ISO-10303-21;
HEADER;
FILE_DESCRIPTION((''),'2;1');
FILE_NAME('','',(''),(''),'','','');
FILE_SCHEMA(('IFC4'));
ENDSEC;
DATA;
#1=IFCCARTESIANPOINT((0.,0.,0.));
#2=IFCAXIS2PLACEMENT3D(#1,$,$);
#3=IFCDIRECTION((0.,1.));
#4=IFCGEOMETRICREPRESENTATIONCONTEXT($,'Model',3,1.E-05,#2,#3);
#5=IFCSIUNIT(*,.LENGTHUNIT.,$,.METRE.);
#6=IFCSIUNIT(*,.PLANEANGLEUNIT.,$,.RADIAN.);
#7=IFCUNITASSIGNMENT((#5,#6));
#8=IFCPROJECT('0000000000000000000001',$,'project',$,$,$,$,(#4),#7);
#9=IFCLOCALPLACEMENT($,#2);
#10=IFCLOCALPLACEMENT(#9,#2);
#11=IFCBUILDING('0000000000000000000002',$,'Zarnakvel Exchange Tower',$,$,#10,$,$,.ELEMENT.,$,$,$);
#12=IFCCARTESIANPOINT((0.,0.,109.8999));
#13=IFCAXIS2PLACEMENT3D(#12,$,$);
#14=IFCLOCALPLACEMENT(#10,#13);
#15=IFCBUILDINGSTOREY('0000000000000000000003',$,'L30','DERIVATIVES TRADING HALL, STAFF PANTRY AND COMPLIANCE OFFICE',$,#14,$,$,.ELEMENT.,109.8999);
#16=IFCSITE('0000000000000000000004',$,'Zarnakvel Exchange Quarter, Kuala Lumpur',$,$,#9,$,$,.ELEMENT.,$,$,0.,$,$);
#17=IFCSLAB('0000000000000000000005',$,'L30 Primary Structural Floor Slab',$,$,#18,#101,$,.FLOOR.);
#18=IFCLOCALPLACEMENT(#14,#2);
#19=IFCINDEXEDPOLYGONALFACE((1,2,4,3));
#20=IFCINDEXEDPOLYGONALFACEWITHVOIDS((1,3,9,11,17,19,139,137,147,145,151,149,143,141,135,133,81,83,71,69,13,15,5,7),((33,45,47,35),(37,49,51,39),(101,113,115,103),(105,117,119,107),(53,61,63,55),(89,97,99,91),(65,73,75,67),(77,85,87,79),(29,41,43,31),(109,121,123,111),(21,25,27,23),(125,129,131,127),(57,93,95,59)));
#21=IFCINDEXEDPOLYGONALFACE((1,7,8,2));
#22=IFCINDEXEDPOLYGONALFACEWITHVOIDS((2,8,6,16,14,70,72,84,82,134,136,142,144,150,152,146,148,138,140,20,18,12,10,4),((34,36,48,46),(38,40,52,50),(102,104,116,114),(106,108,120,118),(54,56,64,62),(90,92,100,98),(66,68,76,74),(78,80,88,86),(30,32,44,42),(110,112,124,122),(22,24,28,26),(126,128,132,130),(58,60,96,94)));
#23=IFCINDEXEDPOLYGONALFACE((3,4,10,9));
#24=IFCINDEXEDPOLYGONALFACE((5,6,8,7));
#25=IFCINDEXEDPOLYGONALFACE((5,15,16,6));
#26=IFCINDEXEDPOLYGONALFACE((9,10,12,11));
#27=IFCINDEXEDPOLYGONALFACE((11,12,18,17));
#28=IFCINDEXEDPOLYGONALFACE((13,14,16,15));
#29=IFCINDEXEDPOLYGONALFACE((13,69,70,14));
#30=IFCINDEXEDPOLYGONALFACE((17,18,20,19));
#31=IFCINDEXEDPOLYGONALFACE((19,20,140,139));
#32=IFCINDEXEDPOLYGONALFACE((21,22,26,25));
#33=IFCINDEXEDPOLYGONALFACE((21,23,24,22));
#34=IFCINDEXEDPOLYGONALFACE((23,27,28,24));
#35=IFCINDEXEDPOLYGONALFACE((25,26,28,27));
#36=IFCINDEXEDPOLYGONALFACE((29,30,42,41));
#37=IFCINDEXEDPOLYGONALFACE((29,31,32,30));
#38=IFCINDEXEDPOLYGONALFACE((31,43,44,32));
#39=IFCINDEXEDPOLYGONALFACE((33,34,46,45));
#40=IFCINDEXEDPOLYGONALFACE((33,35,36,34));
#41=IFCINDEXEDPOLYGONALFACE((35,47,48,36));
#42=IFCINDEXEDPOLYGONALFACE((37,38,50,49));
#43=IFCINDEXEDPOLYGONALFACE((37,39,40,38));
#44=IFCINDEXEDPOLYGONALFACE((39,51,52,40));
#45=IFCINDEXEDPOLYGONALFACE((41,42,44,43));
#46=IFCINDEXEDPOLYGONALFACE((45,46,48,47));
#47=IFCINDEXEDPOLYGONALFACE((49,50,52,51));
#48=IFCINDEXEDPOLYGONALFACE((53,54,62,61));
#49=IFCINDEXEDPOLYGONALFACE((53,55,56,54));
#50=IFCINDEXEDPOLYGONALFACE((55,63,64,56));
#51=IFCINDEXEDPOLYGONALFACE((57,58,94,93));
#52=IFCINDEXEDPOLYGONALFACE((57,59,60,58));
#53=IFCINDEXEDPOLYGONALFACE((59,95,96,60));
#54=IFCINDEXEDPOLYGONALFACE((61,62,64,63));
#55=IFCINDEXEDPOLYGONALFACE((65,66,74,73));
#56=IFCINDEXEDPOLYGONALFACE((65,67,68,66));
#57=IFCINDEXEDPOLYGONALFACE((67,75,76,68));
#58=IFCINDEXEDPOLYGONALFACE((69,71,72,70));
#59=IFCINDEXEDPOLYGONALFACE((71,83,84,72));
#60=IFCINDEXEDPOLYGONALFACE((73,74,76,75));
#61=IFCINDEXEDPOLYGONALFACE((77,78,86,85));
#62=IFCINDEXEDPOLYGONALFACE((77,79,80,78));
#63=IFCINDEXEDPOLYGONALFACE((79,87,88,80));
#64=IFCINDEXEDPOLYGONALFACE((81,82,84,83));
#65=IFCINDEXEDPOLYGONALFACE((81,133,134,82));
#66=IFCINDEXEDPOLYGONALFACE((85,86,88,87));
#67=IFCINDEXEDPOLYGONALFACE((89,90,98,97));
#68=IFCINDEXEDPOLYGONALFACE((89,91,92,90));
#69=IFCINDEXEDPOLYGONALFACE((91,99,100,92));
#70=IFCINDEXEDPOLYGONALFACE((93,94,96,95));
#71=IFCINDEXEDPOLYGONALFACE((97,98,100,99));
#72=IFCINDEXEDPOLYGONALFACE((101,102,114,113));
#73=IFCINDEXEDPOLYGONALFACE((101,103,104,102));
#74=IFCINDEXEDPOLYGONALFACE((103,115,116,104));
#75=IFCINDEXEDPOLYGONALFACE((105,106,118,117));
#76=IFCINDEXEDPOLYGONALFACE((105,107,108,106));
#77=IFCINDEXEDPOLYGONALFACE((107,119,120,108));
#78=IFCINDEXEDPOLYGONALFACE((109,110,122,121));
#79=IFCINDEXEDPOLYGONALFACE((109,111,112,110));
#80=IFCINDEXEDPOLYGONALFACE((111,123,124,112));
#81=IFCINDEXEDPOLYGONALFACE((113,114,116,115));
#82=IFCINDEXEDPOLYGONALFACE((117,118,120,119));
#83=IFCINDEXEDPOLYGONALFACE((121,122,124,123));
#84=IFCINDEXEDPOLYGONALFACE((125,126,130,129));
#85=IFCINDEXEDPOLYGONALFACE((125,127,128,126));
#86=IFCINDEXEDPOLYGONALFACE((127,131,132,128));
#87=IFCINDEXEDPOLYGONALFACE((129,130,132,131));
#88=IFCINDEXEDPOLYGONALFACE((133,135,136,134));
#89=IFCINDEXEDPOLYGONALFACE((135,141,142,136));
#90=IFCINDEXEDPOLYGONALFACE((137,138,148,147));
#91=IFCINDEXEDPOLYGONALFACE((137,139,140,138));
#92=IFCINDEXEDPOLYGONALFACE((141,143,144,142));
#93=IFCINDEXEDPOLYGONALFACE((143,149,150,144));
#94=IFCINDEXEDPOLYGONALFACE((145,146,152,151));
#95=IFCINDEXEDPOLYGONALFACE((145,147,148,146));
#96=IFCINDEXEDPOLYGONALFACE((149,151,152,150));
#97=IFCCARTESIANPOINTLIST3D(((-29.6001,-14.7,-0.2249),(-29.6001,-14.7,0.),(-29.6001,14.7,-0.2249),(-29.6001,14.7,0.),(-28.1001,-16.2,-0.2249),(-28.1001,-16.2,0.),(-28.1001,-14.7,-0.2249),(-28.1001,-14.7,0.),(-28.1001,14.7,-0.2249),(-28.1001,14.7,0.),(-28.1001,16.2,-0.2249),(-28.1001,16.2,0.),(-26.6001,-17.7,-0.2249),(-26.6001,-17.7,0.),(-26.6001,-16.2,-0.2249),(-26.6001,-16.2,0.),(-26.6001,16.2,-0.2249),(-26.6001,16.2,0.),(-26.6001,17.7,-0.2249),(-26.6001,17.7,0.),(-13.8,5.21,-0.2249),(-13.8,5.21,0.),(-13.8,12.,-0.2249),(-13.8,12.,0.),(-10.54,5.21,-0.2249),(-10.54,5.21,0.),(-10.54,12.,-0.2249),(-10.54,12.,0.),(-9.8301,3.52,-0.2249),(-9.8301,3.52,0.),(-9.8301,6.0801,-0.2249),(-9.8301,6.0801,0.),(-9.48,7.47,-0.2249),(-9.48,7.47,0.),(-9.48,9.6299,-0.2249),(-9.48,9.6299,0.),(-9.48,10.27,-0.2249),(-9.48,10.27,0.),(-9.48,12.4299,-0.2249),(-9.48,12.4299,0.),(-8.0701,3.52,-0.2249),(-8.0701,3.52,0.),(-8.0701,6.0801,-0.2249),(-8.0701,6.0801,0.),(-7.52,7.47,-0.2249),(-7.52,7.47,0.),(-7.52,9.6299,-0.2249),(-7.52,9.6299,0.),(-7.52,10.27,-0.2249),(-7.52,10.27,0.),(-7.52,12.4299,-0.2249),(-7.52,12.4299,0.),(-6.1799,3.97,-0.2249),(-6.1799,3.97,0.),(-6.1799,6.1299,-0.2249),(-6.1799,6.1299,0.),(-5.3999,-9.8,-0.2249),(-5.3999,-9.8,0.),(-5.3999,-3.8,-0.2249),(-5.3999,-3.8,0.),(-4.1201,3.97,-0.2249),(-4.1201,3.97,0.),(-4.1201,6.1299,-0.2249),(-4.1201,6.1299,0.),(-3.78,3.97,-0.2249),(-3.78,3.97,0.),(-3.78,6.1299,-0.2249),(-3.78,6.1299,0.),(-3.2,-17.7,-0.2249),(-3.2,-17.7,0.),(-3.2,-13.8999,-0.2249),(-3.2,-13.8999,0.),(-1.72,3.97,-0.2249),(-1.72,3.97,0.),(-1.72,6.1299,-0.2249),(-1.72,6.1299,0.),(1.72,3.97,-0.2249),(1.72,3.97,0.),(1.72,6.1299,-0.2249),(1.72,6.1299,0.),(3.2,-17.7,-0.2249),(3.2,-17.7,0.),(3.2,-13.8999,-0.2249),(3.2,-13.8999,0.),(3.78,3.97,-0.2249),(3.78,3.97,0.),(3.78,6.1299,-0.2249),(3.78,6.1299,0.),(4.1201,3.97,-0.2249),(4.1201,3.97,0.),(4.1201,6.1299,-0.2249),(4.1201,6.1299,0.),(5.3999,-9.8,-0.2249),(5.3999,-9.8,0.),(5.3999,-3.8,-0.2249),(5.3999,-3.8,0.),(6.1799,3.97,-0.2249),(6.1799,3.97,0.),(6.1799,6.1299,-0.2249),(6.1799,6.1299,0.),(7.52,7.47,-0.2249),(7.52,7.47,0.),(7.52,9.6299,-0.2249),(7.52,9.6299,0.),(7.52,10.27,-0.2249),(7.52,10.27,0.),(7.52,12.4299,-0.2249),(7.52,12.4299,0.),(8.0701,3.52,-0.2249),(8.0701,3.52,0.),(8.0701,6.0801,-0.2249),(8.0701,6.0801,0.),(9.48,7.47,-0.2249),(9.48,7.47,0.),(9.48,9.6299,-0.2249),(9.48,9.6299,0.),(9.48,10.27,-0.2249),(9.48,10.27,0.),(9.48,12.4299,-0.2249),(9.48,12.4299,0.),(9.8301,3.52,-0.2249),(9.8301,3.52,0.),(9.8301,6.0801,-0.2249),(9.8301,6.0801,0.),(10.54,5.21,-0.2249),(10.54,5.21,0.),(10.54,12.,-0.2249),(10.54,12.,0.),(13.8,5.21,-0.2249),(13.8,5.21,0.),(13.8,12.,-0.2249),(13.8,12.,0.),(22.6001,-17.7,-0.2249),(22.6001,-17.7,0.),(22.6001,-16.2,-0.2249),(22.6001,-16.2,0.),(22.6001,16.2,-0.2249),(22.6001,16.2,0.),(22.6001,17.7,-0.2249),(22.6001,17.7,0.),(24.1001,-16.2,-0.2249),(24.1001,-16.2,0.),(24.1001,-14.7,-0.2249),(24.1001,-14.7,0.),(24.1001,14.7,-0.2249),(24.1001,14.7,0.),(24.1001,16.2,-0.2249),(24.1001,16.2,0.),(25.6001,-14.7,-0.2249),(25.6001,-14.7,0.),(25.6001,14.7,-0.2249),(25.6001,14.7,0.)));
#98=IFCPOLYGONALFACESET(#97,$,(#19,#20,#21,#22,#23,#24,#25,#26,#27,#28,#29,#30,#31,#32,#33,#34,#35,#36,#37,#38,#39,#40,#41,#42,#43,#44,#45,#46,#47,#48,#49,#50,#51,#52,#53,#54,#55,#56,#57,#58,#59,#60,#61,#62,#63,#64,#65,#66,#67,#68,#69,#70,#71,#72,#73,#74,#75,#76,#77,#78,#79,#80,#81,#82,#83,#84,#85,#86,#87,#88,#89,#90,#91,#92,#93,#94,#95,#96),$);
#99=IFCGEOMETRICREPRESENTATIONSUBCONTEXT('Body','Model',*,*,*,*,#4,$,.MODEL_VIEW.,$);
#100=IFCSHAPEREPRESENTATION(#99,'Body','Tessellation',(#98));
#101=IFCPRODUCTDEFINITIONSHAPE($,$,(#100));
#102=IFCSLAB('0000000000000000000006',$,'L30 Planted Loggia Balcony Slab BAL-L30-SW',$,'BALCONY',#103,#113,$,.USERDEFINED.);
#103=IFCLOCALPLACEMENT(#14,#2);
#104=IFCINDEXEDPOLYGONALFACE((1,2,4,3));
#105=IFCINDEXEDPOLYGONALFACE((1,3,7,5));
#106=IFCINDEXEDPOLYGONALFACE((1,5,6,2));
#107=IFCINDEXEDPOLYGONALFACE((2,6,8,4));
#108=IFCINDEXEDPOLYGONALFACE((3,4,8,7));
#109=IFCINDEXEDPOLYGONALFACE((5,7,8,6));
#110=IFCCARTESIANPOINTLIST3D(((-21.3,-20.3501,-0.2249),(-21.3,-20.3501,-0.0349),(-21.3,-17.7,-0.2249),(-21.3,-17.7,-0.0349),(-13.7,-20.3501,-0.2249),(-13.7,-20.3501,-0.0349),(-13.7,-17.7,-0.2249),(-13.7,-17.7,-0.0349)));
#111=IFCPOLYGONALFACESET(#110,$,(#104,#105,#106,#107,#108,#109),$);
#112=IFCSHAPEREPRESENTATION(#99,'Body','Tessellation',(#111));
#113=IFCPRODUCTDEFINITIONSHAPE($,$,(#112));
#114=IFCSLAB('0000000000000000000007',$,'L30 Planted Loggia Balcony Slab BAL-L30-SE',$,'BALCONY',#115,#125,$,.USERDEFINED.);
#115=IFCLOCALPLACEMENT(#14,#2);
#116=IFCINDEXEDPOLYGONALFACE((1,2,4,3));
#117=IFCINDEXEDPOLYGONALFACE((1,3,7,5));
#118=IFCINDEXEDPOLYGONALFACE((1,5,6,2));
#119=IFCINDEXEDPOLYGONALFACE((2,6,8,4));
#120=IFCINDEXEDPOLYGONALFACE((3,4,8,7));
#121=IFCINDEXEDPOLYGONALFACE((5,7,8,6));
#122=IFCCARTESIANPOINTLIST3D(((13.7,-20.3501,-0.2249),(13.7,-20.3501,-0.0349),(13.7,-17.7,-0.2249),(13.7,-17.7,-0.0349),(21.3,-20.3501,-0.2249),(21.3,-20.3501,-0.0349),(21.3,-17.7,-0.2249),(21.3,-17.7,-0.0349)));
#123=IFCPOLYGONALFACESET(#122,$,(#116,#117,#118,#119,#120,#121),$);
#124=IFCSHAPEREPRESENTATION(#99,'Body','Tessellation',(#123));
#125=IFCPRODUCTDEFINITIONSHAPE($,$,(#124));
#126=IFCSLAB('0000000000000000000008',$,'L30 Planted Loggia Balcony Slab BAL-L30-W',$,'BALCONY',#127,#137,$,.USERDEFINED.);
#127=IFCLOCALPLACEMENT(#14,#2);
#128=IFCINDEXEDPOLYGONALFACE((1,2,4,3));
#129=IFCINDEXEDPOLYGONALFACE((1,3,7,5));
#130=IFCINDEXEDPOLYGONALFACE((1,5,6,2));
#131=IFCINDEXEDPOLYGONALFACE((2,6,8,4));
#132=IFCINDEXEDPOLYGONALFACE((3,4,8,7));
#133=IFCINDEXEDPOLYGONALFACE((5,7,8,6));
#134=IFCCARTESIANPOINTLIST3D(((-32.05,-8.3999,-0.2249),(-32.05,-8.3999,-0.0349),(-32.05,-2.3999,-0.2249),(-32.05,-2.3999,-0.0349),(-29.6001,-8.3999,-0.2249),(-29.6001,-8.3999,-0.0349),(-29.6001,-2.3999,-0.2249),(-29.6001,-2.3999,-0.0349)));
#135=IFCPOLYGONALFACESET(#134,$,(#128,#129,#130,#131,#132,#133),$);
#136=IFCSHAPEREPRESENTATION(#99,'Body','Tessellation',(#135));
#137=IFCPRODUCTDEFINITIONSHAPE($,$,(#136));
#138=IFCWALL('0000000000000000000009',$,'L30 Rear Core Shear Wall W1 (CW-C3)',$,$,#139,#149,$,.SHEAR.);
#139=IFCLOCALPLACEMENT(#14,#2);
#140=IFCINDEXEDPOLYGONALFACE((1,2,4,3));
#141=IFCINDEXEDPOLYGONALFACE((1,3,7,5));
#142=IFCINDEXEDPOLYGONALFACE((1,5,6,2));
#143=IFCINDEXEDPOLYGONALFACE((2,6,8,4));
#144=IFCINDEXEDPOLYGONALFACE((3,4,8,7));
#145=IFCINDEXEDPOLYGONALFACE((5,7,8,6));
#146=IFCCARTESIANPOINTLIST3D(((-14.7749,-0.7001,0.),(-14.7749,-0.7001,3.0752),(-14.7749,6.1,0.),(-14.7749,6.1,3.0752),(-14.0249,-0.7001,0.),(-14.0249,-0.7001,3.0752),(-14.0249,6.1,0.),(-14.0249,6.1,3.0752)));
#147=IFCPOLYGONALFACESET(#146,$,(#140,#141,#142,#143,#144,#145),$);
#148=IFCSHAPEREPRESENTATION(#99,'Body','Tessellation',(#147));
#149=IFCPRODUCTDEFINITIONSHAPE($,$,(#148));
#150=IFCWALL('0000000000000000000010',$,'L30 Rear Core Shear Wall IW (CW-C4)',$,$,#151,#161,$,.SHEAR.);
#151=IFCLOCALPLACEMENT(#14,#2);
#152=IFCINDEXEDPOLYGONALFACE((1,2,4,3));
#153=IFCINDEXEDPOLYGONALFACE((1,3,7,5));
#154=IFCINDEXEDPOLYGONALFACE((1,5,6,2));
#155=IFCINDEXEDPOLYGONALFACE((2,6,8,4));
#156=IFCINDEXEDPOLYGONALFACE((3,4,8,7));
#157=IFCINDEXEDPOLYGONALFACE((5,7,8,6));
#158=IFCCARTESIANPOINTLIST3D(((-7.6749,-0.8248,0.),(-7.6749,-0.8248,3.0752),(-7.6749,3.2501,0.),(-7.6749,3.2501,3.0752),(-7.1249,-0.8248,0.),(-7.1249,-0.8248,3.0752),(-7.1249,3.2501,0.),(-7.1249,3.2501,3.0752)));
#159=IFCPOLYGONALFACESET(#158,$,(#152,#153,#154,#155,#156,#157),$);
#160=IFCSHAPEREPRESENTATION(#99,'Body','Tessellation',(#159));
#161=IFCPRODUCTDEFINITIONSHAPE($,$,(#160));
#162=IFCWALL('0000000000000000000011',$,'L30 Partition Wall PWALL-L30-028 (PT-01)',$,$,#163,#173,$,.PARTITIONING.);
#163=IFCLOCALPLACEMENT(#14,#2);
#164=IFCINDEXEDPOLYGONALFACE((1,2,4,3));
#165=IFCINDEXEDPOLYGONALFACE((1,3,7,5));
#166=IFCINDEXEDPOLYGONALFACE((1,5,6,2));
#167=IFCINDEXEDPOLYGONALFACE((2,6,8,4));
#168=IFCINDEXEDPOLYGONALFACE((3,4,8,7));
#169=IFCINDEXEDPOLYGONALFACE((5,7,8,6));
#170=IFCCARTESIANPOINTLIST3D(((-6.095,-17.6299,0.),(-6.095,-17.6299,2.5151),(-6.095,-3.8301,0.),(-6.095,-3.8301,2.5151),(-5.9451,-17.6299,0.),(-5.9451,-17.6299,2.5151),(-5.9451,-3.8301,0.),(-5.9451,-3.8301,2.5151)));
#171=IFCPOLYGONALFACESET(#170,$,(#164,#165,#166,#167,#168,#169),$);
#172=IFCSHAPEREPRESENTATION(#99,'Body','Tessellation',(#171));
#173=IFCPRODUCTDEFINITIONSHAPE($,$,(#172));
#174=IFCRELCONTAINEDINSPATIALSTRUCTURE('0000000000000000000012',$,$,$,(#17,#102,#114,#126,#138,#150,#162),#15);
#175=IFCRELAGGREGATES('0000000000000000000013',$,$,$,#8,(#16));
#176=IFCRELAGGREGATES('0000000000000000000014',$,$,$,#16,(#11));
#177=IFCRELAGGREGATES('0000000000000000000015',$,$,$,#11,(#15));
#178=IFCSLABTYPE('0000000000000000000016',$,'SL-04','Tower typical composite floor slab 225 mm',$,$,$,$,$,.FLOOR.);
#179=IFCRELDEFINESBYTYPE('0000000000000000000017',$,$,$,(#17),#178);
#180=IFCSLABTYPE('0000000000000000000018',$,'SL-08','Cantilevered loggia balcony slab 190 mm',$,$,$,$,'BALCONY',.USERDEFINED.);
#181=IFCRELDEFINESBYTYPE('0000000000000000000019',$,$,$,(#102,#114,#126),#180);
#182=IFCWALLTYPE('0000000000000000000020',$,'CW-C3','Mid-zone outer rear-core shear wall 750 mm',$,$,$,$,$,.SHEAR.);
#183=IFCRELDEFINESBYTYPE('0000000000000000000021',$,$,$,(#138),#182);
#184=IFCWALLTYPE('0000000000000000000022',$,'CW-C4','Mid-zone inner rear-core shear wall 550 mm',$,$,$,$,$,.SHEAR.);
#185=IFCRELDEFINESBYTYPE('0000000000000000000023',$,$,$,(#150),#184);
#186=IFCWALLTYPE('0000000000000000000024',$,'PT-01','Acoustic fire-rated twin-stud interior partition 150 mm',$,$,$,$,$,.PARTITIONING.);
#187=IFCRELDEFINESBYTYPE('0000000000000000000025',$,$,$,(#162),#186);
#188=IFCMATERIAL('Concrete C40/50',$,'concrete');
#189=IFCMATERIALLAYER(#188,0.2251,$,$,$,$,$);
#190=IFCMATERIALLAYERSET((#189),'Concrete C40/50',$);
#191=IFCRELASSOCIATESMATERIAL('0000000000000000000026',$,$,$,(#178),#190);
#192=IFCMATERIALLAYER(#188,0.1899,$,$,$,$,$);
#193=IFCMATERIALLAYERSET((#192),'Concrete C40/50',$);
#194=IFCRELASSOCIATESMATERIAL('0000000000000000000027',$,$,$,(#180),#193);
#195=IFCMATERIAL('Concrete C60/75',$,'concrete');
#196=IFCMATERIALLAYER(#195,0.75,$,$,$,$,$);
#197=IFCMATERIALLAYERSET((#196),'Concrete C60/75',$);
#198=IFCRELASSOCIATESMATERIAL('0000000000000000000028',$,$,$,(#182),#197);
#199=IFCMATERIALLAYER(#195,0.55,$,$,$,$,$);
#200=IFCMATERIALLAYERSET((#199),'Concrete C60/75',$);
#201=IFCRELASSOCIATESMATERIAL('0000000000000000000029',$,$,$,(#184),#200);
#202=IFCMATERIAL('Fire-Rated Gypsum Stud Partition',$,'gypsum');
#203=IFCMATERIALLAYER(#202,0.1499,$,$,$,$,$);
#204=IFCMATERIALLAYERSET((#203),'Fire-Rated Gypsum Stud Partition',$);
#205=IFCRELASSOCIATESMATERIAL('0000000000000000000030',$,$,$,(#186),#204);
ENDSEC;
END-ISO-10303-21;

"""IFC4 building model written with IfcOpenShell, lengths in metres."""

from ifc_helpers import new_model, si_unit, direction, frame, frame_2d, origin, place, context, subcontext, project, spatial, polyline, rectangle, outline, extrude, material, layer, layer_set, type_object, element, save


model = new_model("IFC4")

# Units and contexts
model_context = context("Model", 3, precision=1e-05, world=origin(), true_north=direction((0.0, 1.0)))
body_context = subcontext(model_context, "Body", "Model", "MODEL_VIEW")
ifc_project = project(units=[si_unit("LENGTHUNIT", "METRE"), si_unit("PLANEANGLEUNIT", "RADIAN")], contexts=[model_context])

# Site, building, storey
site_placement = place(None, origin())
site = spatial("IfcSite", under=ifc_project, at=site_placement, Name="Zarnakvel Exchange Quarter, Kuala Lumpur", CompositionType="ELEMENT", RefElevation=0.0)
building_placement = place(site_placement, origin())
building = spatial("IfcBuilding", under=site, at=building_placement, Name="Zarnakvel Exchange Tower", CompositionType="ELEMENT")
storey_placement = place(building_placement, frame((0.0, 0.0, 109.8999)))
storey = spatial("IfcBuildingStorey", under=building, at=storey_placement, Name="L30", Description="DERIVATIVES TRADING HALL, STAFF PANTRY AND COMPLIANCE OFFICE", CompositionType="ELEMENT", Elevation=109.8999)

# Shared definitions
ifc_material_1 = material(Name="Concrete C60/75", Category="concrete")

# Slabs
ifc_material_2 = material(Name="Concrete C40/50", Category="concrete")
ifc_layer_1 = layer(ifc_material_2, 0.2251)
ifc_layer_set_1 = layer_set([ifc_layer_1], Name="Concrete C40/50")
slab_type_1 = type_object("IfcSlabType", Name="SL-04", Description="Tower typical composite floor slab 225 mm", PredefinedType="FLOOR", material=ifc_layer_set_1)
slab_1_placement = place(storey_placement, frame((0.0, 0.0, -0.2249)))
element("IfcSlab", 1, at=slab_1_placement, inside=storey, type_object=slab_type_1, Name="L30 Primary Structural Floor Slab", PredefinedType="FLOOR", context=body_context, shape_type="SweptSolid", body=[
    extrude(outline(polyline([(-29.6001, -14.7), (-28.1001, -14.7), (-28.1001, -16.2), (-26.6001, -16.2), (-26.6001, -17.7), (-3.2, -17.7), (-3.2, -13.8999), (3.2, -13.8999), (3.2, -17.7), (22.6001, -17.7), (22.6001, -16.2), (24.1001, -16.2), (24.1001, -14.7), (25.6001, -14.7), (25.6001, 14.7), (24.1001, 14.7), (24.1001, 16.2), (22.6001, 16.2), (22.6001, 17.7), (-26.6001, 17.7), (-26.6001, 16.2), (-28.1001, 16.2), (-28.1001, 14.7), (-29.6001, 14.7), (-29.6001, -14.7)]), holes=[polyline([(-5.3999, -9.8), (5.3999, -9.8), (5.3999, -3.8), (-5.3999, -3.8), (-5.3999, -9.8)]), polyline([(-13.8, 5.21), (-10.54, 5.21), (-10.54, 12.0), (-13.8, 12.0), (-13.8, 5.21)]), polyline([(10.54, 5.21), (13.8, 5.21), (13.8, 12.0), (10.54, 12.0), (10.54, 5.21)]), polyline([(-9.8301, 3.52), (-8.0701, 3.52), (-8.0701, 6.0801), (-9.8301, 6.0801), (-9.8301, 3.52)]), polyline([(8.0701, 3.52), (9.8301, 3.52), (9.8301, 6.0801), (8.0701, 6.0801), (8.0701, 3.52)]), polyline([(-6.1799, 3.97), (-4.1201, 3.97), (-4.1201, 6.1299), (-6.1799, 6.1299), (-6.1799, 3.97)]), polyline([(-3.78, 3.97), (-1.72, 3.97), (-1.72, 6.1299), (-3.78, 6.1299), (-3.78, 3.97)]), polyline([(1.72, 3.97), (3.78, 3.97), (3.78, 6.1299), (1.72, 6.1299), (1.72, 3.97)]), polyline([(4.1201, 3.97), (6.1799, 3.97), (6.1799, 6.1299), (4.1201, 6.1299), (4.1201, 3.97)]), polyline([(-9.48, 7.47), (-7.52, 7.47), (-7.52, 9.6299), (-9.48, 9.6299), (-9.48, 7.47)]), polyline([(-9.48, 10.27), (-7.52, 10.27), (-7.52, 12.4299), (-9.48, 12.4299), (-9.48, 10.27)]), polyline([(7.52, 7.47), (9.48, 7.47), (9.48, 9.6299), (7.52, 9.6299), (7.52, 7.47)]), polyline([(7.52, 10.27), (9.48, 10.27), (9.48, 12.4299), (7.52, 12.4299), (7.52, 10.27)])]), origin(), (0.0, 0.0, 1.0), 0.2249),
])
ifc_layer_2 = layer(ifc_material_2, 0.1899)
ifc_layer_set_2 = layer_set([ifc_layer_2], Name="Concrete C40/50")
slab_type_2 = type_object("IfcSlabType", Name="SL-08", Description="Cantilevered loggia balcony slab 190 mm", ElementType="BALCONY", PredefinedType="USERDEFINED", material=ifc_layer_set_2)
slab_2_placement = place(storey_placement, frame((0.0, 0.0, -0.2249)))
element("IfcSlab", 2, at=slab_2_placement, inside=storey, type_object=slab_type_2, Name="L30 Planted Loggia Balcony Slab BAL-L30-SW", ObjectType="BALCONY", PredefinedType="USERDEFINED", context=body_context, shape_type="SweptSolid", body=[
    extrude(outline(polyline([(-21.3, -20.3501), (-13.7, -20.3501), (-13.7, -17.7), (-21.3, -17.7), (-21.3, -20.3501)])), origin(), (0.0, 0.0, 1.0), 0.1899),
])
slab_3_placement = place(storey_placement, frame((0.0, 0.0, -0.2249)))
element("IfcSlab", 3, at=slab_3_placement, inside=storey, type_object=slab_type_2, Name="L30 Planted Loggia Balcony Slab BAL-L30-SE", ObjectType="BALCONY", PredefinedType="USERDEFINED", context=body_context, shape_type="SweptSolid", body=[
    extrude(outline(polyline([(13.7, -20.3501), (21.3, -20.3501), (21.3, -17.7), (13.7, -17.7), (13.7, -20.3501)])), origin(), (0.0, 0.0, 1.0), 0.1899),
])
slab_4_placement = place(storey_placement, frame((0.0, 0.0, -0.2249)))
element("IfcSlab", 4, at=slab_4_placement, inside=storey, type_object=slab_type_2, Name="L30 Planted Loggia Balcony Slab BAL-L30-W", ObjectType="BALCONY", PredefinedType="USERDEFINED", context=body_context, shape_type="SweptSolid", body=[
    extrude(outline(polyline([(-32.05, -8.3999), (-29.6001, -8.3999), (-29.6001, -2.3999), (-32.05, -2.3999), (-32.05, -8.3999)])), origin(), (0.0, 0.0, 1.0), 0.1899),
])

# Wall
ifc_layer_3 = layer(ifc_material_1, 0.75)
ifc_layer_set_3 = layer_set([ifc_layer_3], Name="Concrete C60/75")
wall_type_1 = type_object("IfcWallType", Name="CW-C3", Description="Mid-zone outer rear-core shear wall 750 mm", PredefinedType="SHEAR", material=ifc_layer_set_3)
wall_1_placement = place(storey_placement, frame((-14.3999, -0.7, 0.0), z_axis=(0.0, 0.0, 1.0), x_axis=(0.0, 1.0, 0.0)))
element("IfcWall", 5, at=wall_1_placement, inside=storey, type_object=wall_type_1, Name="L30 Rear Core Shear Wall W1 (CW-C3)", PredefinedType="SHEAR", context=body_context, shape_type="SweptSolid", body=[
    extrude(rectangle(XDim=6.8, YDim=0.75, at=frame_2d((3.3999, 0.0))), origin(), (0.0, 0.0, 1.0), 3.0752),
])

# Walls
ifc_layer_4 = layer(ifc_material_1, 0.55)
ifc_layer_set_4 = layer_set([ifc_layer_4], Name="Concrete C60/75")
wall_type_2 = type_object("IfcWallType", Name="CW-C4", Description="Mid-zone inner rear-core shear wall 550 mm", PredefinedType="SHEAR", material=ifc_layer_set_4)
wall_2_placement = place(storey_placement, frame((-7.3999, -0.825, 0.0), z_axis=(0.0, 0.0, 1.0), x_axis=(0.0, 1.0, 0.0)))
element("IfcWall", 6, at=wall_2_placement, inside=storey, type_object=wall_type_2, Name="L30 Rear Core Shear Wall IW (CW-C4)", PredefinedType="SHEAR", context=body_context, shape_type="SweptSolid", body=[
    extrude(rectangle(XDim=4.075, YDim=0.55, at=frame_2d((2.0376, 0.0))), origin(), (0.0, 0.0, 1.0), 3.0752),
])
ifc_material_3 = material(Name="Fire-Rated Gypsum Stud Partition", Category="gypsum")
ifc_layer_5 = layer(ifc_material_3, 0.1499)
ifc_layer_set_5 = layer_set([ifc_layer_5], Name="Fire-Rated Gypsum Stud Partition")
wall_type_3 = type_object("IfcWallType", Name="PT-01", Description="Acoustic fire-rated twin-stud interior partition 150 mm", PredefinedType="PARTITIONING", material=ifc_layer_set_5)
wall_3_placement = place(storey_placement, frame((-6.02, -3.8301, 0.0), z_axis=(0.0, 0.0, 1.0), x_axis=(0.0, -1.0, 0.0)))
element("IfcWall", 7, at=wall_3_placement, inside=storey, type_object=wall_type_3, Name="L30 Partition Wall PWALL-L30-028 (PT-01)", PredefinedType="PARTITIONING", context=body_context, shape_type="SweptSolid", body=[
    extrude(rectangle(XDim=13.7998, YDim=0.1499, at=frame_2d((6.8999, 0.0))), origin(), (0.0, 0.0, 1.0), 2.5151),
])

save(model, "model.ifc")
